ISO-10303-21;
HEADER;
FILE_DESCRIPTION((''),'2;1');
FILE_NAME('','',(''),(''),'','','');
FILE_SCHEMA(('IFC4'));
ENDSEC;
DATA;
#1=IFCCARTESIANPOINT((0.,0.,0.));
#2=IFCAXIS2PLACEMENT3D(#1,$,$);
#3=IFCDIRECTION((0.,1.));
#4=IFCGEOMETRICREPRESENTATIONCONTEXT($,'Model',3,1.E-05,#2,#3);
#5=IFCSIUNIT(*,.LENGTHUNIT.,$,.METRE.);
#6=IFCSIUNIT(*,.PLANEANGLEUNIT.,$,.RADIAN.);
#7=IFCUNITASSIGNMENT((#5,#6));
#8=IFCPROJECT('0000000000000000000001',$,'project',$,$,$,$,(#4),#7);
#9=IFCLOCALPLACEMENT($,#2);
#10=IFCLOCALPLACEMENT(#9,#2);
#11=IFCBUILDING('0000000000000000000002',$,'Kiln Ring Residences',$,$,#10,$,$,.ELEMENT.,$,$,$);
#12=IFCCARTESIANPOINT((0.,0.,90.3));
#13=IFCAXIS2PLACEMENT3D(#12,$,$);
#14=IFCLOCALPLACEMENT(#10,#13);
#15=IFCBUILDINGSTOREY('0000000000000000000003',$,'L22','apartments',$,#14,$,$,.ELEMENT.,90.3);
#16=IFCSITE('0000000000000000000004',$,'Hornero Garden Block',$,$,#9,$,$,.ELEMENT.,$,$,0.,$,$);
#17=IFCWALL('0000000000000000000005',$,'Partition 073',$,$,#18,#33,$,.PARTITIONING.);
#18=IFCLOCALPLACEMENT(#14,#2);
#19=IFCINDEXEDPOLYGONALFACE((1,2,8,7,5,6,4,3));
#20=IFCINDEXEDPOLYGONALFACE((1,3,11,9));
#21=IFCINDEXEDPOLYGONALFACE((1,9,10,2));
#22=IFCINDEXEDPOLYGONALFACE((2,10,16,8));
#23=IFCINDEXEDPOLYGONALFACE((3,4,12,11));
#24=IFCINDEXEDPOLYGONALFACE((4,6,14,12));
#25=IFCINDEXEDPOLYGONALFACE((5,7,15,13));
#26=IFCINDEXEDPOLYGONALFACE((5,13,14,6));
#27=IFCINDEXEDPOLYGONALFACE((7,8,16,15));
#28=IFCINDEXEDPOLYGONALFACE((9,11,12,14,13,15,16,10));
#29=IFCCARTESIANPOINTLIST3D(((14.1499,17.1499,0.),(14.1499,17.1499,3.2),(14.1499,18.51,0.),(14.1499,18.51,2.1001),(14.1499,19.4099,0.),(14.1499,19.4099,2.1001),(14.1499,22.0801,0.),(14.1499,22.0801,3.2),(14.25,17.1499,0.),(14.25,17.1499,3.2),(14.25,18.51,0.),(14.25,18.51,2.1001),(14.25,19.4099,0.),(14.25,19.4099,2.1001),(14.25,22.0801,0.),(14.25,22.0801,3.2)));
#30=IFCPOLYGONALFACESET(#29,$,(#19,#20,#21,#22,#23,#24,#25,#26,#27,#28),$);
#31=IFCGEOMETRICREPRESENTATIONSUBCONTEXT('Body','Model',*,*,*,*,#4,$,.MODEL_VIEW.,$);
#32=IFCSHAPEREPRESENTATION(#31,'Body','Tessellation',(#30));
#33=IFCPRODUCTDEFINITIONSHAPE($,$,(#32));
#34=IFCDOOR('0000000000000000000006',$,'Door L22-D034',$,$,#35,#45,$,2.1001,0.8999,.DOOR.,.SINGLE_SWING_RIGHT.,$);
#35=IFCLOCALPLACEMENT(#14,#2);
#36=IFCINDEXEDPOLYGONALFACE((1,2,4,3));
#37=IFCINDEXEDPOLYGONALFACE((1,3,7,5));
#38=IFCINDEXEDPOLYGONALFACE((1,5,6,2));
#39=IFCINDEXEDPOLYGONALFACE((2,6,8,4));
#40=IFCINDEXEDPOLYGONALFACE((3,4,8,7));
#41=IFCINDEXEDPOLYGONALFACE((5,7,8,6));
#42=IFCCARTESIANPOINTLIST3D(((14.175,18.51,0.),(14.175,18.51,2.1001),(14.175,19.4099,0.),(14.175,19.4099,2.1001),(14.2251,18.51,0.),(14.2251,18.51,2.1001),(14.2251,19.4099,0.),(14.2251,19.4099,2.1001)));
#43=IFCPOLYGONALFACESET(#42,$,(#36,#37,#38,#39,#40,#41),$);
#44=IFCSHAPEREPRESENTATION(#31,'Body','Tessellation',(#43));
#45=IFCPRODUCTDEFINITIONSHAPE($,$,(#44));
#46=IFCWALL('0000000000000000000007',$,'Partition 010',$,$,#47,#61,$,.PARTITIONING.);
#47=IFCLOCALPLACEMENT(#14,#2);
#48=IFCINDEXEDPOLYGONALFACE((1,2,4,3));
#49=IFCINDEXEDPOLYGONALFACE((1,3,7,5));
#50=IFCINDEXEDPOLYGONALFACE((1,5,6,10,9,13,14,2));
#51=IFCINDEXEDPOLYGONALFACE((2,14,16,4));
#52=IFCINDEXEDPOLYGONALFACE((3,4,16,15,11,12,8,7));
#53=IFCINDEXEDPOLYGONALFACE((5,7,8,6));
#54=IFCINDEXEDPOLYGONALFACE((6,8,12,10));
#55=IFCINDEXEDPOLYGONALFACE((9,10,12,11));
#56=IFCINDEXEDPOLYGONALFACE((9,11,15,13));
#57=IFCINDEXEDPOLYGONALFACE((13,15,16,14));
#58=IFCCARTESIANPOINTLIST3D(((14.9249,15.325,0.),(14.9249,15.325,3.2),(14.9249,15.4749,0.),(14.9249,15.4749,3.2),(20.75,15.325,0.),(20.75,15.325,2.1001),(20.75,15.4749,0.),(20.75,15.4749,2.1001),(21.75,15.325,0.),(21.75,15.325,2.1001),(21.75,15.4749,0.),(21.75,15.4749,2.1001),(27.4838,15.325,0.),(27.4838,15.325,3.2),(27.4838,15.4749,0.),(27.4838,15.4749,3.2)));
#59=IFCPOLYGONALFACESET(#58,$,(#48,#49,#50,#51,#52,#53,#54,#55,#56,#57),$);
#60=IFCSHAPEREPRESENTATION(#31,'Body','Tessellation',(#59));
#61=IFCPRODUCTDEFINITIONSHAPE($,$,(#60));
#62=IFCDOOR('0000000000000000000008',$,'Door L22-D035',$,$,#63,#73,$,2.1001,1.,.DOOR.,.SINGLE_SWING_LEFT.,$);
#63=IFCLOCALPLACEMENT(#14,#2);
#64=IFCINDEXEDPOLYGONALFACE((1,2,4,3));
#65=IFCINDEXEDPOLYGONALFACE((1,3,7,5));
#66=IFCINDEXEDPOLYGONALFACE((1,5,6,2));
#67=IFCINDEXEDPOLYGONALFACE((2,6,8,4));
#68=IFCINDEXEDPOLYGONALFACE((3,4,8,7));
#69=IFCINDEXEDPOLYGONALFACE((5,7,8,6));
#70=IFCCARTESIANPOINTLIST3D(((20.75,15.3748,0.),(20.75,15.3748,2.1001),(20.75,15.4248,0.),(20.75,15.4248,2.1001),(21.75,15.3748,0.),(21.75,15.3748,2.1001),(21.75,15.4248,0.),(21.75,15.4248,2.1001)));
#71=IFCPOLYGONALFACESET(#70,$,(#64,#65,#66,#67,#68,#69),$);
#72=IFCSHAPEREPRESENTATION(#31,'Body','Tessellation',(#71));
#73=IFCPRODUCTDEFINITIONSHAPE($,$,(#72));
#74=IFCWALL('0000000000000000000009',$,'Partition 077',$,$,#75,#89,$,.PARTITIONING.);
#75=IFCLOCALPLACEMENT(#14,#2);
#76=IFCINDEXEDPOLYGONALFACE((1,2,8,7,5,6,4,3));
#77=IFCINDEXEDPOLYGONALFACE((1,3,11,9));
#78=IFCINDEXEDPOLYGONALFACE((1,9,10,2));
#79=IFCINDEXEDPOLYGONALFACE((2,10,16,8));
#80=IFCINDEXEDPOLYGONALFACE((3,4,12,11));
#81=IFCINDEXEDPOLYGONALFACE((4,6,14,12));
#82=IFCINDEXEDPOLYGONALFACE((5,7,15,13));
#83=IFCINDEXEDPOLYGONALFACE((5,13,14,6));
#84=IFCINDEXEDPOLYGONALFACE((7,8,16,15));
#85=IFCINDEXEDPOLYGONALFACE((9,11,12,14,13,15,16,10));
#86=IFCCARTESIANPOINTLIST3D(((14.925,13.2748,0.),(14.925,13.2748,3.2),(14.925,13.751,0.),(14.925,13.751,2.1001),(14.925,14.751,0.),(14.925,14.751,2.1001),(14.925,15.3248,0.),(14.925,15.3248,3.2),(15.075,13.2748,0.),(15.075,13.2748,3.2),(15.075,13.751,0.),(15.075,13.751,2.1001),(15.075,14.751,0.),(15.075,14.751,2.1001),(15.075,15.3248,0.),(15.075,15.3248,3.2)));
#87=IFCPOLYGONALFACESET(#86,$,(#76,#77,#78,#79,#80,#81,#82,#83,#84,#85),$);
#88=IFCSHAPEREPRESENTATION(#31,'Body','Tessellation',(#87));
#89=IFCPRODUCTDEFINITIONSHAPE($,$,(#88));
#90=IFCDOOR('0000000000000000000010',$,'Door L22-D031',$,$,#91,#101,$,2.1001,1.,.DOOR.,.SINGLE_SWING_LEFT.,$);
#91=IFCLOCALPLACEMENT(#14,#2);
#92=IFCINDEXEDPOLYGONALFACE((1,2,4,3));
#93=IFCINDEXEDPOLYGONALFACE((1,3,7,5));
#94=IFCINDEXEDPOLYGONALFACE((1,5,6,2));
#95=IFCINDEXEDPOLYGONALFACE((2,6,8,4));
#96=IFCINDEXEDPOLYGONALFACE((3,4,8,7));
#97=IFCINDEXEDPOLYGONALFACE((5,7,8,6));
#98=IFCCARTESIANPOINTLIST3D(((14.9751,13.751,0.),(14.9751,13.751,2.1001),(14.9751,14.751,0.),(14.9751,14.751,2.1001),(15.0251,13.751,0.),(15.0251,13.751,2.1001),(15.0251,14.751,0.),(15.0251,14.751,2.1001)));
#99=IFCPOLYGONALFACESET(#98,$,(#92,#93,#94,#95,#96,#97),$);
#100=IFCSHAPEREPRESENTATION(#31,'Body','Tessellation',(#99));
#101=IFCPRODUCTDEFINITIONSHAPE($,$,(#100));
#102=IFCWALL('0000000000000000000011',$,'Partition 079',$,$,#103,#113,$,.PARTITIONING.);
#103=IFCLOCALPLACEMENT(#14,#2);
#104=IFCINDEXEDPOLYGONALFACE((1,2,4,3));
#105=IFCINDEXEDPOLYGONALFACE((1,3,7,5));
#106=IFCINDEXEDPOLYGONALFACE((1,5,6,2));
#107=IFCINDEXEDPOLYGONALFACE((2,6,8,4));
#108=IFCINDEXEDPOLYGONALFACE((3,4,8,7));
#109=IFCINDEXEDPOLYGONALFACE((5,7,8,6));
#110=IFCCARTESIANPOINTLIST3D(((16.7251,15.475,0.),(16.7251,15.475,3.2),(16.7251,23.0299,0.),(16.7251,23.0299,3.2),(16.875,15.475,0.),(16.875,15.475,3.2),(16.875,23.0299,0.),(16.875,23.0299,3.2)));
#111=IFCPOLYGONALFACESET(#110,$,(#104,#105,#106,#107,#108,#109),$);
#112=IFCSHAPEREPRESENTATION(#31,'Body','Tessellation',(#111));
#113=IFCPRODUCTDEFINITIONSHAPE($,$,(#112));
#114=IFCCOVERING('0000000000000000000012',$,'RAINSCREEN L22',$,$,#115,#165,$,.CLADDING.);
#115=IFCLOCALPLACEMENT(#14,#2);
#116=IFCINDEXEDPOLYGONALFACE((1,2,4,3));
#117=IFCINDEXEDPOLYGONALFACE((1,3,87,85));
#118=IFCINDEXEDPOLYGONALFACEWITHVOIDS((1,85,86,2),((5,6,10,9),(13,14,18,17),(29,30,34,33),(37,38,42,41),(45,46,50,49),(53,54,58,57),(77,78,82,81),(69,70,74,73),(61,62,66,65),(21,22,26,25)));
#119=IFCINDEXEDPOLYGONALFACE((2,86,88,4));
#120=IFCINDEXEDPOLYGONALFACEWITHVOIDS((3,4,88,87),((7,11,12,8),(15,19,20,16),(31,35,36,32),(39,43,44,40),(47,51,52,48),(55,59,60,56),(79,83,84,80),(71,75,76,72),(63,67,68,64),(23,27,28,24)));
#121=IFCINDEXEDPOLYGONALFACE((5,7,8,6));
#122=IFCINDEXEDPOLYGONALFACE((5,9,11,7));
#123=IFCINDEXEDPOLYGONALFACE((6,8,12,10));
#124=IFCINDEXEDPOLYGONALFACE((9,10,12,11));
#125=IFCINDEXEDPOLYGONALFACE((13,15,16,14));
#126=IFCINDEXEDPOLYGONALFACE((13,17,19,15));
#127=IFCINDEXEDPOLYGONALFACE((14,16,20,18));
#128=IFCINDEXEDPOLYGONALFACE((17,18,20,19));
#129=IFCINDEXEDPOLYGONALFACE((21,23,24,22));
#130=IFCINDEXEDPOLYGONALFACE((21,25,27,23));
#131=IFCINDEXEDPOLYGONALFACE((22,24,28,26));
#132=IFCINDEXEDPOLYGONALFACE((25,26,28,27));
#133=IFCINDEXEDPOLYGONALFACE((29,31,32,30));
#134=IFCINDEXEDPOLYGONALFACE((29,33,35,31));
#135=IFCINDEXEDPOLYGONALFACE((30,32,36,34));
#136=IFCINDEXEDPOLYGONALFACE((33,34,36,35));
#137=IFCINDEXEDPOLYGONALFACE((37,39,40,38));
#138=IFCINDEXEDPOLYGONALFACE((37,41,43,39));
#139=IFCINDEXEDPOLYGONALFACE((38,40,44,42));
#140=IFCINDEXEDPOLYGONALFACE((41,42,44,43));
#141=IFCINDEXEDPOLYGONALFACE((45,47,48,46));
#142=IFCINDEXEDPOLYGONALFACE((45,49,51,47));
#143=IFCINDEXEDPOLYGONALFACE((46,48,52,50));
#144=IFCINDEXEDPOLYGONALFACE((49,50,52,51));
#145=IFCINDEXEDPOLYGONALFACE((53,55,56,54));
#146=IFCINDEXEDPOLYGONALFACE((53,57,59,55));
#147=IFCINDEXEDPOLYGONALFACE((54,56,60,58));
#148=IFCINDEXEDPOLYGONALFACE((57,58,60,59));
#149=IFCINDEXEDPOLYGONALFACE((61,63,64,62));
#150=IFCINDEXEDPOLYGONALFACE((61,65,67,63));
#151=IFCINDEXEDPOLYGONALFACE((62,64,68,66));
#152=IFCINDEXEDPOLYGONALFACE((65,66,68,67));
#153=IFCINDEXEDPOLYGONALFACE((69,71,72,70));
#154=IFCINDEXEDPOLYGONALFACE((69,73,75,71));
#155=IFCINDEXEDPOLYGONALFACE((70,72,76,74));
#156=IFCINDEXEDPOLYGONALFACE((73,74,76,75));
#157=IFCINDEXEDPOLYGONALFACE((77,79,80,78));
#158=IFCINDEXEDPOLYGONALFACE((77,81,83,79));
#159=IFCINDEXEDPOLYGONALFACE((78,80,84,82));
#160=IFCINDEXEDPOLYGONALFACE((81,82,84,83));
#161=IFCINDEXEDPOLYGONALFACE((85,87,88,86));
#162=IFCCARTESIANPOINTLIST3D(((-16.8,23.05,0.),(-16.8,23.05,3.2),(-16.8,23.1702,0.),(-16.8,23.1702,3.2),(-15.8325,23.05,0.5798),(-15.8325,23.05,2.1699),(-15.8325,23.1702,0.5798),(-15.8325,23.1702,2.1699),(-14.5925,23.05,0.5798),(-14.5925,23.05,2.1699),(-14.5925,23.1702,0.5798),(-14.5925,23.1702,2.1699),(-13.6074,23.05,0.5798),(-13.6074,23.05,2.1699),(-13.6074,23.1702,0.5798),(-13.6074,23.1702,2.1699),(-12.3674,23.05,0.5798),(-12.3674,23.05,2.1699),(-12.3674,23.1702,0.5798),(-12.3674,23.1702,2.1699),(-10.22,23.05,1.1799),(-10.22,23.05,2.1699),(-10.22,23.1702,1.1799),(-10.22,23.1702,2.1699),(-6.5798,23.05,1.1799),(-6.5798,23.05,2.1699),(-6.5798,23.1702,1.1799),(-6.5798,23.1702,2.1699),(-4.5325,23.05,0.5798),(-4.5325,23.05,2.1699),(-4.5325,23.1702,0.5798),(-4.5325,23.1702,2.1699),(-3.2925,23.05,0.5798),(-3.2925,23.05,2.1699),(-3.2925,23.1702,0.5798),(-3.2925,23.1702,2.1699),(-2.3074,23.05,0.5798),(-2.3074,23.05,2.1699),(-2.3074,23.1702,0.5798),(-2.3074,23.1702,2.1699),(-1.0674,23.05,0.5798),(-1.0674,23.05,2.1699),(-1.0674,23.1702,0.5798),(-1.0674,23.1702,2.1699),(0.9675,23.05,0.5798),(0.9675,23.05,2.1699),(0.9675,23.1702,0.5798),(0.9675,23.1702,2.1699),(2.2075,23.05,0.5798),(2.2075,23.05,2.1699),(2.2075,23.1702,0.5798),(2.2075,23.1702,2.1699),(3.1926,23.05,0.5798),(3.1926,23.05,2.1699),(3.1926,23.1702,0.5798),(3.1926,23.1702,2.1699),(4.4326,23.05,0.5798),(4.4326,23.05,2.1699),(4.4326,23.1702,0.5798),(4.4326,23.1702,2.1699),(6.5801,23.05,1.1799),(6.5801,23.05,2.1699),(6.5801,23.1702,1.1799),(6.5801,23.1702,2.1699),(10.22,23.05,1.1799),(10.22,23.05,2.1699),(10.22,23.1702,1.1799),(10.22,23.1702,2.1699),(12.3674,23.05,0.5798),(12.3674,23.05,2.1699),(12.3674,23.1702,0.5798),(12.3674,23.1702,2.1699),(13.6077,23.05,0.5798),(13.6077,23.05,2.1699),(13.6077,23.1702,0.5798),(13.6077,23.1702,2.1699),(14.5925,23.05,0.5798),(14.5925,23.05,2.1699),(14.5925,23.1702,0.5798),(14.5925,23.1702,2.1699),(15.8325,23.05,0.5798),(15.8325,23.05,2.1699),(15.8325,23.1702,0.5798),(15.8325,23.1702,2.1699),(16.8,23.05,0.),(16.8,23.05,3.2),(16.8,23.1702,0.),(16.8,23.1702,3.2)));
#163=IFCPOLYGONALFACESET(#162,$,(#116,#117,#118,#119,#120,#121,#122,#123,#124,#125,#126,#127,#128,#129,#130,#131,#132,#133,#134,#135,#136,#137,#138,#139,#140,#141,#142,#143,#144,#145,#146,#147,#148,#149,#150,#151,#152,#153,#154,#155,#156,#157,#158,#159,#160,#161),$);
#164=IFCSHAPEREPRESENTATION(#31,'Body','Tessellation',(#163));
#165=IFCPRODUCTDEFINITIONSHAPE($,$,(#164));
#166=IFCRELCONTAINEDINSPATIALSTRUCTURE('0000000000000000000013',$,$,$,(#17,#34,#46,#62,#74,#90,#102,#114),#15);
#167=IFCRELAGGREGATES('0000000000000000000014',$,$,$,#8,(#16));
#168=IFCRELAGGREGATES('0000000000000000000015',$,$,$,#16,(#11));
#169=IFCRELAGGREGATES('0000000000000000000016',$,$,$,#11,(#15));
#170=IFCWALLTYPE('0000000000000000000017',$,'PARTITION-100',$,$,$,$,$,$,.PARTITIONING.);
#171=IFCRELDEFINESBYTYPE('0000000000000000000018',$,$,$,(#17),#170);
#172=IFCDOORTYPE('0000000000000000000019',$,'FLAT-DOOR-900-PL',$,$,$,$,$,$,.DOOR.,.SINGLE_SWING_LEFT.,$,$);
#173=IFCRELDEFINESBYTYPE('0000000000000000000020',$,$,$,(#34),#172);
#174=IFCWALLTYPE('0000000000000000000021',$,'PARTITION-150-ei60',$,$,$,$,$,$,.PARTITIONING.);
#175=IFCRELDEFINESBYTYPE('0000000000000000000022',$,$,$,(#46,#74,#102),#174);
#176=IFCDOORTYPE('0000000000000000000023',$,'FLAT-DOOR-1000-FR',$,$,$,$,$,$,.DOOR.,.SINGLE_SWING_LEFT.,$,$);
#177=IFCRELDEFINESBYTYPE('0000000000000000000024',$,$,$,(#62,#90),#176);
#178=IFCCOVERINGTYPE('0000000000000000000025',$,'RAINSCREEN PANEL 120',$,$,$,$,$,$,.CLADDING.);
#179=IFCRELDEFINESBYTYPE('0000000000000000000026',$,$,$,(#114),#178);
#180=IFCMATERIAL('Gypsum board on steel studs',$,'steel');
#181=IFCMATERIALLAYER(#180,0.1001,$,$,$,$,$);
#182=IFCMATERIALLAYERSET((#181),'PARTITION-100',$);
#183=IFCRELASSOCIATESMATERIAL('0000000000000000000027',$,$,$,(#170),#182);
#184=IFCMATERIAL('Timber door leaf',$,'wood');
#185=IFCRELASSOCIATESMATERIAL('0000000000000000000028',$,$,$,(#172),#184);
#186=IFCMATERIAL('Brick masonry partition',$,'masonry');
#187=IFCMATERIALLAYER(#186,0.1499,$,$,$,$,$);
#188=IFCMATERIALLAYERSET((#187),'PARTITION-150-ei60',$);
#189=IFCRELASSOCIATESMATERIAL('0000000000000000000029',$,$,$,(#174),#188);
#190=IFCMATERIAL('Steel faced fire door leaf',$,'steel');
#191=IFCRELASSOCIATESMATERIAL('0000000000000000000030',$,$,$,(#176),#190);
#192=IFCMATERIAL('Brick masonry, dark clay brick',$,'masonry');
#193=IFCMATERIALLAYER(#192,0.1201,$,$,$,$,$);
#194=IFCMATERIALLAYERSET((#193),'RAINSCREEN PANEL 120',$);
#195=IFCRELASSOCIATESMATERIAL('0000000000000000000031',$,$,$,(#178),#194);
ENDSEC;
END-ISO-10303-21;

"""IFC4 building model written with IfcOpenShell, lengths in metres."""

from ifc_helpers import new_model, si_unit, direction, frame, frame_2d, origin, place, context, subcontext, project, spatial, polyline, rectangle, outline, extrude, material, layer, layer_set, type_object, element, fill, save


model = new_model("IFC4")

# Units and contexts
model_context = context("Model", 3, precision=1e-05, world=origin(), true_north=direction((0.0, 1.0)))
body_context = subcontext(model_context, "Body", "Model", "MODEL_VIEW")
ifc_project = project(units=[si_unit("LENGTHUNIT", "METRE"), si_unit("PLANEANGLEUNIT", "RADIAN")], contexts=[model_context])

# Site, building, storey
site_placement = place(None, origin())
site = spatial("IfcSite", under=ifc_project, at=site_placement, Name="Hornero Garden Block", CompositionType="ELEMENT", RefElevation=0.0)
building_placement = place(site_placement, origin())
building = spatial("IfcBuilding", under=site, at=building_placement, Name="Kiln Ring Residences", CompositionType="ELEMENT")
storey_placement = place(building_placement, frame((0.0, 0.0, 90.3)))
storey = spatial("IfcBuildingStorey", under=building, at=storey_placement, Name="L22", Description="apartments", CompositionType="ELEMENT", Elevation=90.3)

# Shared definitions
ifc_material_1 = material(Name="Gypsum board on steel studs", Category="steel")
ifc_layer_1 = layer(ifc_material_1, 0.1001)
ifc_layer_set_1 = layer_set([ifc_layer_1], Name="PARTITION-100")
wall_type_1 = type_object("IfcWallType", Name="PARTITION-100", PredefinedType="PARTITIONING", material=ifc_layer_set_1)
ifc_material_2 = material(Name="Timber door leaf", Category="wood")
door_type_1 = type_object("IfcDoorType", Name="FLAT-DOOR-900-PL", OperationType="SINGLE_SWING_LEFT", PredefinedType="DOOR", material=ifc_material_2)

# Walls, openings, doors
wall_1_placement = place(storey_placement, frame((14.2, 17.1499, 0.0), z_axis=(0.0, 0.0, 1.0), x_axis=(0.0, 1.0, 0.0)))
wall_1 = element("IfcWall", 1, at=wall_1_placement, inside=storey, type_object=wall_type_1, Name="Partition 073", PredefinedType="PARTITIONING", context=body_context, shape_type="SweptSolid", body=[
    extrude(rectangle(XDim=4.9302, YDim=0.1001, at=frame_2d((2.4651, 0.0))), origin(), (0.0, 0.0, 1.0), 3.2),
])
opening_1_placement = place(wall_1_placement, frame((1.3601, 0.0, 0.0)))
opening_1 = element("IfcOpeningElement", 2, at=opening_1_placement, cuts=wall_1, PredefinedType="OPENING", context=body_context, shape_type="SweptSolid", body=[
    extrude(rectangle(XDim=0.8999, YDim=2.1001, at=frame_2d((0.45, 1.05))), frame((0.0, 0.0601, 0.0), z_axis=(0.0, -1.0, 0.0), x_axis=(1.0, 0.0, 0.0)), (0.0, 0.0, 1.0), 0.1201),
])
door_1_placement = place(opening_1_placement, origin())
door_1 = element("IfcDoor", 3, at=door_1_placement, inside=storey, type_object=door_type_1, Name="Door L22-D034", OperationType="SINGLE_SWING_RIGHT", OverallHeight=2.1001, OverallWidth=0.8999, PredefinedType="DOOR", context=body_context, shape_type="SweptSolid", body=[
    extrude(rectangle(XDim=0.8999, YDim=2.1001, at=frame_2d((0.45, 1.05))), frame((0.0, 0.0249, 0.0), z_axis=(0.0, -1.0, 0.0), x_axis=(1.0, 0.0, 0.0)), (0.0, 0.0, 1.0), 0.05),
])
fill(opening_1, door_1)
ifc_material_3 = material(Name="Brick masonry partition", Category="masonry")
ifc_layer_2 = layer(ifc_material_3, 0.1499)
ifc_layer_set_2 = layer_set([ifc_layer_2], Name="PARTITION-150-ei60")
wall_type_2 = type_object("IfcWallType", Name="PARTITION-150-ei60", PredefinedType="PARTITIONING", material=ifc_layer_set_2)
wall_2_placement = place(storey_placement, frame((14.925, 15.3999, 0.0), z_axis=(0.0, 0.0, 1.0), x_axis=(1.0, 0.0, 0.0)))
wall_2 = element("IfcWall", 4, at=wall_2_placement, inside=storey, type_object=wall_type_2, Name="Partition 010", PredefinedType="PARTITIONING", context=body_context, shape_type="SweptSolid", body=[
    extrude(rectangle(XDim=12.5588, YDim=0.1499, at=frame_2d((6.2793, 0.0))), origin(), (0.0, 0.0, 1.0), 3.2),
])
opening_2_placement = place(wall_2_placement, frame((5.825, 0.0, 0.0)))
opening_2 = element("IfcOpeningElement", 5, at=opening_2_placement, cuts=wall_2, PredefinedType="OPENING", context=body_context, shape_type="SweptSolid", body=[
    extrude(rectangle(XDim=1.0, YDim=2.1001, at=frame_2d((0.5, 1.05))), frame((0.0, 0.085, 0.0), z_axis=(0.0, -1.0, 0.0), x_axis=(1.0, 0.0, 0.0)), (0.0, 0.0, 1.0), 0.1699),
])
ifc_material_4 = material(Name="Steel faced fire door leaf", Category="steel")
door_type_2 = type_object("IfcDoorType", Name="FLAT-DOOR-1000-FR", OperationType="SINGLE_SWING_LEFT", PredefinedType="DOOR", material=ifc_material_4)
door_2_placement = place(opening_2_placement, origin())
door_2 = element("IfcDoor", 6, at=door_2_placement, inside=storey, type_object=door_type_2, Name="Door L22-D035", OperationType="SINGLE_SWING_LEFT", OverallHeight=2.1001, OverallWidth=1.0, PredefinedType="DOOR", context=body_context, shape_type="SweptSolid", body=[
    extrude(rectangle(XDim=1.0, YDim=2.1001, at=frame_2d((0.5, 1.05))), frame((0.0, 0.0249, 0.0), z_axis=(0.0, -1.0, 0.0), x_axis=(1.0, 0.0, 0.0)), (0.0, 0.0, 1.0), 0.05),
])
fill(opening_2, door_2)
wall_3_placement = place(storey_placement, frame((15.0, 13.2749, 0.0), z_axis=(0.0, 0.0, 1.0), x_axis=(0.0, 1.0, 0.0)))
wall_3 = element("IfcWall", 7, at=wall_3_placement, inside=storey, type_object=wall_type_2, Name="Partition 077", PredefinedType="PARTITIONING", context=body_context, shape_type="SweptSolid", body=[
    extrude(rectangle(XDim=2.05, YDim=0.1499, at=frame_2d((1.0249, 0.0))), origin(), (0.0, 0.0, 1.0), 3.2),
])
opening_3_placement = place(wall_3_placement, frame((0.4761, 0.0, 0.0)))
opening_3 = element("IfcOpeningElement", 8, at=opening_3_placement, cuts=wall_3, PredefinedType="OPENING", context=body_context, shape_type="SweptSolid", body=[
    extrude(rectangle(XDim=1.0, YDim=2.1001, at=frame_2d((0.5, 1.05))), frame((0.0, 0.085, 0.0), z_axis=(0.0, -1.0, 0.0), x_axis=(1.0, 0.0, 0.0)), (0.0, 0.0, 1.0), 0.1699),
])
door_3_placement = place(opening_3_placement, origin())
door_3 = element("IfcDoor", 9, at=door_3_placement, inside=storey, type_object=door_type_2, Name="Door L22-D031", OperationType="SINGLE_SWING_LEFT", OverallHeight=2.1001, OverallWidth=1.0, PredefinedType="DOOR", context=body_context, shape_type="SweptSolid", body=[
    extrude(rectangle(XDim=1.0, YDim=2.1001, at=frame_2d((0.5, 1.05))), frame((0.0, 0.0249, 0.0), z_axis=(0.0, -1.0, 0.0), x_axis=(1.0, 0.0, 0.0)), (0.0, 0.0, 1.0), 0.05),
])
fill(opening_3, door_3)

# Wall
wall_4_placement = place(storey_placement, frame((16.8, 15.4751, 0.0), z_axis=(0.0, 0.0, 1.0), x_axis=(0.0, 1.0, 0.0)))
element("IfcWall", 10, at=wall_4_placement, inside=storey, type_object=wall_type_2, Name="Partition 079", PredefinedType="PARTITIONING", context=body_context, shape_type="SweptSolid", body=[
    extrude(rectangle(XDim=7.5549, YDim=0.1499, at=frame_2d((3.7773, 0.0))), origin(), (0.0, 0.0, 1.0), 3.2),
])

# Covering
ifc_material_5 = material(Name="Brick masonry, dark clay brick", Category="masonry")
ifc_layer_3 = layer(ifc_material_5, 0.1201)
ifc_layer_set_3 = layer_set([ifc_layer_3], Name="RAINSCREEN PANEL 120")
covering_type = type_object("IfcCoveringType", Name="RAINSCREEN PANEL 120", PredefinedType="CLADDING", material=ifc_layer_set_3)
covering_placement = place(storey_placement, frame((16.8, 23.1101, 0.0), z_axis=(0.0, 0.0, 1.0), x_axis=(-1.0, 0.0, 0.0)))
element("IfcCovering", 11, at=covering_placement, inside=storey, type_object=covering_type, Name="RAINSCREEN L22", PredefinedType="CLADDING", context=body_context, shape_type="SweptSolid", body=[
    extrude(outline(polyline([(0.0, 0.0), (33.6001, 0.0), (33.6001, 3.2), (0.0, 3.2), (0.0, 0.0)]), holes=[polyline([(0.9675, 0.5798), (2.2075, 0.5798), (2.2075, 2.1699), (0.9675, 2.1699), (0.9675, 0.5798)]), polyline([(3.1924, 0.5798), (4.4326, 0.5798), (4.4326, 2.1699), (3.1924, 2.1699), (3.1924, 0.5798)]), polyline([(12.3674, 0.5798), (13.6074, 0.5798), (13.6074, 2.1699), (12.3674, 2.1699), (12.3674, 0.5798)]), polyline([(14.5925, 2.1699), (14.5925, 0.5798), (15.8325, 0.5798), (15.8325, 2.1699), (14.5925, 2.1699)]), polyline([(17.8674, 2.1699), (17.8674, 0.5798), (19.1074, 0.5798), (19.1074, 2.1699), (17.8674, 2.1699)]), polyline([(20.0925, 0.5798), (21.3325, 0.5798), (21.3325, 2.1699), (20.0925, 2.1699), (20.0925, 0.5798)]), polyline([(29.1675, 0.5798), (30.4075, 0.5798), (30.4075, 2.1699), (29.1675, 2.1699), (29.1675, 0.5798)]), polyline([(31.3926, 0.5798), (32.6326, 0.5798), (32.6326, 2.1699), (31.3926, 2.1699), (31.3926, 0.5798)]), polyline([(6.5801, 2.1699), (6.5801, 1.1799), (10.22, 1.1799), (10.22, 2.1699), (6.5801, 2.1699)]), polyline([(23.3799, 2.1699), (23.3799, 1.1799), (27.02, 1.1799), (27.02, 2.1699), (23.3799, 2.1699)])]), frame((0.0, 0.0601, 0.0), z_axis=(0.0, -1.0, 0.0), x_axis=(1.0, 0.0, 0.0)), (0.0, 0.0, 1.0), 0.1201),
])

save(model, "model.ifc")
